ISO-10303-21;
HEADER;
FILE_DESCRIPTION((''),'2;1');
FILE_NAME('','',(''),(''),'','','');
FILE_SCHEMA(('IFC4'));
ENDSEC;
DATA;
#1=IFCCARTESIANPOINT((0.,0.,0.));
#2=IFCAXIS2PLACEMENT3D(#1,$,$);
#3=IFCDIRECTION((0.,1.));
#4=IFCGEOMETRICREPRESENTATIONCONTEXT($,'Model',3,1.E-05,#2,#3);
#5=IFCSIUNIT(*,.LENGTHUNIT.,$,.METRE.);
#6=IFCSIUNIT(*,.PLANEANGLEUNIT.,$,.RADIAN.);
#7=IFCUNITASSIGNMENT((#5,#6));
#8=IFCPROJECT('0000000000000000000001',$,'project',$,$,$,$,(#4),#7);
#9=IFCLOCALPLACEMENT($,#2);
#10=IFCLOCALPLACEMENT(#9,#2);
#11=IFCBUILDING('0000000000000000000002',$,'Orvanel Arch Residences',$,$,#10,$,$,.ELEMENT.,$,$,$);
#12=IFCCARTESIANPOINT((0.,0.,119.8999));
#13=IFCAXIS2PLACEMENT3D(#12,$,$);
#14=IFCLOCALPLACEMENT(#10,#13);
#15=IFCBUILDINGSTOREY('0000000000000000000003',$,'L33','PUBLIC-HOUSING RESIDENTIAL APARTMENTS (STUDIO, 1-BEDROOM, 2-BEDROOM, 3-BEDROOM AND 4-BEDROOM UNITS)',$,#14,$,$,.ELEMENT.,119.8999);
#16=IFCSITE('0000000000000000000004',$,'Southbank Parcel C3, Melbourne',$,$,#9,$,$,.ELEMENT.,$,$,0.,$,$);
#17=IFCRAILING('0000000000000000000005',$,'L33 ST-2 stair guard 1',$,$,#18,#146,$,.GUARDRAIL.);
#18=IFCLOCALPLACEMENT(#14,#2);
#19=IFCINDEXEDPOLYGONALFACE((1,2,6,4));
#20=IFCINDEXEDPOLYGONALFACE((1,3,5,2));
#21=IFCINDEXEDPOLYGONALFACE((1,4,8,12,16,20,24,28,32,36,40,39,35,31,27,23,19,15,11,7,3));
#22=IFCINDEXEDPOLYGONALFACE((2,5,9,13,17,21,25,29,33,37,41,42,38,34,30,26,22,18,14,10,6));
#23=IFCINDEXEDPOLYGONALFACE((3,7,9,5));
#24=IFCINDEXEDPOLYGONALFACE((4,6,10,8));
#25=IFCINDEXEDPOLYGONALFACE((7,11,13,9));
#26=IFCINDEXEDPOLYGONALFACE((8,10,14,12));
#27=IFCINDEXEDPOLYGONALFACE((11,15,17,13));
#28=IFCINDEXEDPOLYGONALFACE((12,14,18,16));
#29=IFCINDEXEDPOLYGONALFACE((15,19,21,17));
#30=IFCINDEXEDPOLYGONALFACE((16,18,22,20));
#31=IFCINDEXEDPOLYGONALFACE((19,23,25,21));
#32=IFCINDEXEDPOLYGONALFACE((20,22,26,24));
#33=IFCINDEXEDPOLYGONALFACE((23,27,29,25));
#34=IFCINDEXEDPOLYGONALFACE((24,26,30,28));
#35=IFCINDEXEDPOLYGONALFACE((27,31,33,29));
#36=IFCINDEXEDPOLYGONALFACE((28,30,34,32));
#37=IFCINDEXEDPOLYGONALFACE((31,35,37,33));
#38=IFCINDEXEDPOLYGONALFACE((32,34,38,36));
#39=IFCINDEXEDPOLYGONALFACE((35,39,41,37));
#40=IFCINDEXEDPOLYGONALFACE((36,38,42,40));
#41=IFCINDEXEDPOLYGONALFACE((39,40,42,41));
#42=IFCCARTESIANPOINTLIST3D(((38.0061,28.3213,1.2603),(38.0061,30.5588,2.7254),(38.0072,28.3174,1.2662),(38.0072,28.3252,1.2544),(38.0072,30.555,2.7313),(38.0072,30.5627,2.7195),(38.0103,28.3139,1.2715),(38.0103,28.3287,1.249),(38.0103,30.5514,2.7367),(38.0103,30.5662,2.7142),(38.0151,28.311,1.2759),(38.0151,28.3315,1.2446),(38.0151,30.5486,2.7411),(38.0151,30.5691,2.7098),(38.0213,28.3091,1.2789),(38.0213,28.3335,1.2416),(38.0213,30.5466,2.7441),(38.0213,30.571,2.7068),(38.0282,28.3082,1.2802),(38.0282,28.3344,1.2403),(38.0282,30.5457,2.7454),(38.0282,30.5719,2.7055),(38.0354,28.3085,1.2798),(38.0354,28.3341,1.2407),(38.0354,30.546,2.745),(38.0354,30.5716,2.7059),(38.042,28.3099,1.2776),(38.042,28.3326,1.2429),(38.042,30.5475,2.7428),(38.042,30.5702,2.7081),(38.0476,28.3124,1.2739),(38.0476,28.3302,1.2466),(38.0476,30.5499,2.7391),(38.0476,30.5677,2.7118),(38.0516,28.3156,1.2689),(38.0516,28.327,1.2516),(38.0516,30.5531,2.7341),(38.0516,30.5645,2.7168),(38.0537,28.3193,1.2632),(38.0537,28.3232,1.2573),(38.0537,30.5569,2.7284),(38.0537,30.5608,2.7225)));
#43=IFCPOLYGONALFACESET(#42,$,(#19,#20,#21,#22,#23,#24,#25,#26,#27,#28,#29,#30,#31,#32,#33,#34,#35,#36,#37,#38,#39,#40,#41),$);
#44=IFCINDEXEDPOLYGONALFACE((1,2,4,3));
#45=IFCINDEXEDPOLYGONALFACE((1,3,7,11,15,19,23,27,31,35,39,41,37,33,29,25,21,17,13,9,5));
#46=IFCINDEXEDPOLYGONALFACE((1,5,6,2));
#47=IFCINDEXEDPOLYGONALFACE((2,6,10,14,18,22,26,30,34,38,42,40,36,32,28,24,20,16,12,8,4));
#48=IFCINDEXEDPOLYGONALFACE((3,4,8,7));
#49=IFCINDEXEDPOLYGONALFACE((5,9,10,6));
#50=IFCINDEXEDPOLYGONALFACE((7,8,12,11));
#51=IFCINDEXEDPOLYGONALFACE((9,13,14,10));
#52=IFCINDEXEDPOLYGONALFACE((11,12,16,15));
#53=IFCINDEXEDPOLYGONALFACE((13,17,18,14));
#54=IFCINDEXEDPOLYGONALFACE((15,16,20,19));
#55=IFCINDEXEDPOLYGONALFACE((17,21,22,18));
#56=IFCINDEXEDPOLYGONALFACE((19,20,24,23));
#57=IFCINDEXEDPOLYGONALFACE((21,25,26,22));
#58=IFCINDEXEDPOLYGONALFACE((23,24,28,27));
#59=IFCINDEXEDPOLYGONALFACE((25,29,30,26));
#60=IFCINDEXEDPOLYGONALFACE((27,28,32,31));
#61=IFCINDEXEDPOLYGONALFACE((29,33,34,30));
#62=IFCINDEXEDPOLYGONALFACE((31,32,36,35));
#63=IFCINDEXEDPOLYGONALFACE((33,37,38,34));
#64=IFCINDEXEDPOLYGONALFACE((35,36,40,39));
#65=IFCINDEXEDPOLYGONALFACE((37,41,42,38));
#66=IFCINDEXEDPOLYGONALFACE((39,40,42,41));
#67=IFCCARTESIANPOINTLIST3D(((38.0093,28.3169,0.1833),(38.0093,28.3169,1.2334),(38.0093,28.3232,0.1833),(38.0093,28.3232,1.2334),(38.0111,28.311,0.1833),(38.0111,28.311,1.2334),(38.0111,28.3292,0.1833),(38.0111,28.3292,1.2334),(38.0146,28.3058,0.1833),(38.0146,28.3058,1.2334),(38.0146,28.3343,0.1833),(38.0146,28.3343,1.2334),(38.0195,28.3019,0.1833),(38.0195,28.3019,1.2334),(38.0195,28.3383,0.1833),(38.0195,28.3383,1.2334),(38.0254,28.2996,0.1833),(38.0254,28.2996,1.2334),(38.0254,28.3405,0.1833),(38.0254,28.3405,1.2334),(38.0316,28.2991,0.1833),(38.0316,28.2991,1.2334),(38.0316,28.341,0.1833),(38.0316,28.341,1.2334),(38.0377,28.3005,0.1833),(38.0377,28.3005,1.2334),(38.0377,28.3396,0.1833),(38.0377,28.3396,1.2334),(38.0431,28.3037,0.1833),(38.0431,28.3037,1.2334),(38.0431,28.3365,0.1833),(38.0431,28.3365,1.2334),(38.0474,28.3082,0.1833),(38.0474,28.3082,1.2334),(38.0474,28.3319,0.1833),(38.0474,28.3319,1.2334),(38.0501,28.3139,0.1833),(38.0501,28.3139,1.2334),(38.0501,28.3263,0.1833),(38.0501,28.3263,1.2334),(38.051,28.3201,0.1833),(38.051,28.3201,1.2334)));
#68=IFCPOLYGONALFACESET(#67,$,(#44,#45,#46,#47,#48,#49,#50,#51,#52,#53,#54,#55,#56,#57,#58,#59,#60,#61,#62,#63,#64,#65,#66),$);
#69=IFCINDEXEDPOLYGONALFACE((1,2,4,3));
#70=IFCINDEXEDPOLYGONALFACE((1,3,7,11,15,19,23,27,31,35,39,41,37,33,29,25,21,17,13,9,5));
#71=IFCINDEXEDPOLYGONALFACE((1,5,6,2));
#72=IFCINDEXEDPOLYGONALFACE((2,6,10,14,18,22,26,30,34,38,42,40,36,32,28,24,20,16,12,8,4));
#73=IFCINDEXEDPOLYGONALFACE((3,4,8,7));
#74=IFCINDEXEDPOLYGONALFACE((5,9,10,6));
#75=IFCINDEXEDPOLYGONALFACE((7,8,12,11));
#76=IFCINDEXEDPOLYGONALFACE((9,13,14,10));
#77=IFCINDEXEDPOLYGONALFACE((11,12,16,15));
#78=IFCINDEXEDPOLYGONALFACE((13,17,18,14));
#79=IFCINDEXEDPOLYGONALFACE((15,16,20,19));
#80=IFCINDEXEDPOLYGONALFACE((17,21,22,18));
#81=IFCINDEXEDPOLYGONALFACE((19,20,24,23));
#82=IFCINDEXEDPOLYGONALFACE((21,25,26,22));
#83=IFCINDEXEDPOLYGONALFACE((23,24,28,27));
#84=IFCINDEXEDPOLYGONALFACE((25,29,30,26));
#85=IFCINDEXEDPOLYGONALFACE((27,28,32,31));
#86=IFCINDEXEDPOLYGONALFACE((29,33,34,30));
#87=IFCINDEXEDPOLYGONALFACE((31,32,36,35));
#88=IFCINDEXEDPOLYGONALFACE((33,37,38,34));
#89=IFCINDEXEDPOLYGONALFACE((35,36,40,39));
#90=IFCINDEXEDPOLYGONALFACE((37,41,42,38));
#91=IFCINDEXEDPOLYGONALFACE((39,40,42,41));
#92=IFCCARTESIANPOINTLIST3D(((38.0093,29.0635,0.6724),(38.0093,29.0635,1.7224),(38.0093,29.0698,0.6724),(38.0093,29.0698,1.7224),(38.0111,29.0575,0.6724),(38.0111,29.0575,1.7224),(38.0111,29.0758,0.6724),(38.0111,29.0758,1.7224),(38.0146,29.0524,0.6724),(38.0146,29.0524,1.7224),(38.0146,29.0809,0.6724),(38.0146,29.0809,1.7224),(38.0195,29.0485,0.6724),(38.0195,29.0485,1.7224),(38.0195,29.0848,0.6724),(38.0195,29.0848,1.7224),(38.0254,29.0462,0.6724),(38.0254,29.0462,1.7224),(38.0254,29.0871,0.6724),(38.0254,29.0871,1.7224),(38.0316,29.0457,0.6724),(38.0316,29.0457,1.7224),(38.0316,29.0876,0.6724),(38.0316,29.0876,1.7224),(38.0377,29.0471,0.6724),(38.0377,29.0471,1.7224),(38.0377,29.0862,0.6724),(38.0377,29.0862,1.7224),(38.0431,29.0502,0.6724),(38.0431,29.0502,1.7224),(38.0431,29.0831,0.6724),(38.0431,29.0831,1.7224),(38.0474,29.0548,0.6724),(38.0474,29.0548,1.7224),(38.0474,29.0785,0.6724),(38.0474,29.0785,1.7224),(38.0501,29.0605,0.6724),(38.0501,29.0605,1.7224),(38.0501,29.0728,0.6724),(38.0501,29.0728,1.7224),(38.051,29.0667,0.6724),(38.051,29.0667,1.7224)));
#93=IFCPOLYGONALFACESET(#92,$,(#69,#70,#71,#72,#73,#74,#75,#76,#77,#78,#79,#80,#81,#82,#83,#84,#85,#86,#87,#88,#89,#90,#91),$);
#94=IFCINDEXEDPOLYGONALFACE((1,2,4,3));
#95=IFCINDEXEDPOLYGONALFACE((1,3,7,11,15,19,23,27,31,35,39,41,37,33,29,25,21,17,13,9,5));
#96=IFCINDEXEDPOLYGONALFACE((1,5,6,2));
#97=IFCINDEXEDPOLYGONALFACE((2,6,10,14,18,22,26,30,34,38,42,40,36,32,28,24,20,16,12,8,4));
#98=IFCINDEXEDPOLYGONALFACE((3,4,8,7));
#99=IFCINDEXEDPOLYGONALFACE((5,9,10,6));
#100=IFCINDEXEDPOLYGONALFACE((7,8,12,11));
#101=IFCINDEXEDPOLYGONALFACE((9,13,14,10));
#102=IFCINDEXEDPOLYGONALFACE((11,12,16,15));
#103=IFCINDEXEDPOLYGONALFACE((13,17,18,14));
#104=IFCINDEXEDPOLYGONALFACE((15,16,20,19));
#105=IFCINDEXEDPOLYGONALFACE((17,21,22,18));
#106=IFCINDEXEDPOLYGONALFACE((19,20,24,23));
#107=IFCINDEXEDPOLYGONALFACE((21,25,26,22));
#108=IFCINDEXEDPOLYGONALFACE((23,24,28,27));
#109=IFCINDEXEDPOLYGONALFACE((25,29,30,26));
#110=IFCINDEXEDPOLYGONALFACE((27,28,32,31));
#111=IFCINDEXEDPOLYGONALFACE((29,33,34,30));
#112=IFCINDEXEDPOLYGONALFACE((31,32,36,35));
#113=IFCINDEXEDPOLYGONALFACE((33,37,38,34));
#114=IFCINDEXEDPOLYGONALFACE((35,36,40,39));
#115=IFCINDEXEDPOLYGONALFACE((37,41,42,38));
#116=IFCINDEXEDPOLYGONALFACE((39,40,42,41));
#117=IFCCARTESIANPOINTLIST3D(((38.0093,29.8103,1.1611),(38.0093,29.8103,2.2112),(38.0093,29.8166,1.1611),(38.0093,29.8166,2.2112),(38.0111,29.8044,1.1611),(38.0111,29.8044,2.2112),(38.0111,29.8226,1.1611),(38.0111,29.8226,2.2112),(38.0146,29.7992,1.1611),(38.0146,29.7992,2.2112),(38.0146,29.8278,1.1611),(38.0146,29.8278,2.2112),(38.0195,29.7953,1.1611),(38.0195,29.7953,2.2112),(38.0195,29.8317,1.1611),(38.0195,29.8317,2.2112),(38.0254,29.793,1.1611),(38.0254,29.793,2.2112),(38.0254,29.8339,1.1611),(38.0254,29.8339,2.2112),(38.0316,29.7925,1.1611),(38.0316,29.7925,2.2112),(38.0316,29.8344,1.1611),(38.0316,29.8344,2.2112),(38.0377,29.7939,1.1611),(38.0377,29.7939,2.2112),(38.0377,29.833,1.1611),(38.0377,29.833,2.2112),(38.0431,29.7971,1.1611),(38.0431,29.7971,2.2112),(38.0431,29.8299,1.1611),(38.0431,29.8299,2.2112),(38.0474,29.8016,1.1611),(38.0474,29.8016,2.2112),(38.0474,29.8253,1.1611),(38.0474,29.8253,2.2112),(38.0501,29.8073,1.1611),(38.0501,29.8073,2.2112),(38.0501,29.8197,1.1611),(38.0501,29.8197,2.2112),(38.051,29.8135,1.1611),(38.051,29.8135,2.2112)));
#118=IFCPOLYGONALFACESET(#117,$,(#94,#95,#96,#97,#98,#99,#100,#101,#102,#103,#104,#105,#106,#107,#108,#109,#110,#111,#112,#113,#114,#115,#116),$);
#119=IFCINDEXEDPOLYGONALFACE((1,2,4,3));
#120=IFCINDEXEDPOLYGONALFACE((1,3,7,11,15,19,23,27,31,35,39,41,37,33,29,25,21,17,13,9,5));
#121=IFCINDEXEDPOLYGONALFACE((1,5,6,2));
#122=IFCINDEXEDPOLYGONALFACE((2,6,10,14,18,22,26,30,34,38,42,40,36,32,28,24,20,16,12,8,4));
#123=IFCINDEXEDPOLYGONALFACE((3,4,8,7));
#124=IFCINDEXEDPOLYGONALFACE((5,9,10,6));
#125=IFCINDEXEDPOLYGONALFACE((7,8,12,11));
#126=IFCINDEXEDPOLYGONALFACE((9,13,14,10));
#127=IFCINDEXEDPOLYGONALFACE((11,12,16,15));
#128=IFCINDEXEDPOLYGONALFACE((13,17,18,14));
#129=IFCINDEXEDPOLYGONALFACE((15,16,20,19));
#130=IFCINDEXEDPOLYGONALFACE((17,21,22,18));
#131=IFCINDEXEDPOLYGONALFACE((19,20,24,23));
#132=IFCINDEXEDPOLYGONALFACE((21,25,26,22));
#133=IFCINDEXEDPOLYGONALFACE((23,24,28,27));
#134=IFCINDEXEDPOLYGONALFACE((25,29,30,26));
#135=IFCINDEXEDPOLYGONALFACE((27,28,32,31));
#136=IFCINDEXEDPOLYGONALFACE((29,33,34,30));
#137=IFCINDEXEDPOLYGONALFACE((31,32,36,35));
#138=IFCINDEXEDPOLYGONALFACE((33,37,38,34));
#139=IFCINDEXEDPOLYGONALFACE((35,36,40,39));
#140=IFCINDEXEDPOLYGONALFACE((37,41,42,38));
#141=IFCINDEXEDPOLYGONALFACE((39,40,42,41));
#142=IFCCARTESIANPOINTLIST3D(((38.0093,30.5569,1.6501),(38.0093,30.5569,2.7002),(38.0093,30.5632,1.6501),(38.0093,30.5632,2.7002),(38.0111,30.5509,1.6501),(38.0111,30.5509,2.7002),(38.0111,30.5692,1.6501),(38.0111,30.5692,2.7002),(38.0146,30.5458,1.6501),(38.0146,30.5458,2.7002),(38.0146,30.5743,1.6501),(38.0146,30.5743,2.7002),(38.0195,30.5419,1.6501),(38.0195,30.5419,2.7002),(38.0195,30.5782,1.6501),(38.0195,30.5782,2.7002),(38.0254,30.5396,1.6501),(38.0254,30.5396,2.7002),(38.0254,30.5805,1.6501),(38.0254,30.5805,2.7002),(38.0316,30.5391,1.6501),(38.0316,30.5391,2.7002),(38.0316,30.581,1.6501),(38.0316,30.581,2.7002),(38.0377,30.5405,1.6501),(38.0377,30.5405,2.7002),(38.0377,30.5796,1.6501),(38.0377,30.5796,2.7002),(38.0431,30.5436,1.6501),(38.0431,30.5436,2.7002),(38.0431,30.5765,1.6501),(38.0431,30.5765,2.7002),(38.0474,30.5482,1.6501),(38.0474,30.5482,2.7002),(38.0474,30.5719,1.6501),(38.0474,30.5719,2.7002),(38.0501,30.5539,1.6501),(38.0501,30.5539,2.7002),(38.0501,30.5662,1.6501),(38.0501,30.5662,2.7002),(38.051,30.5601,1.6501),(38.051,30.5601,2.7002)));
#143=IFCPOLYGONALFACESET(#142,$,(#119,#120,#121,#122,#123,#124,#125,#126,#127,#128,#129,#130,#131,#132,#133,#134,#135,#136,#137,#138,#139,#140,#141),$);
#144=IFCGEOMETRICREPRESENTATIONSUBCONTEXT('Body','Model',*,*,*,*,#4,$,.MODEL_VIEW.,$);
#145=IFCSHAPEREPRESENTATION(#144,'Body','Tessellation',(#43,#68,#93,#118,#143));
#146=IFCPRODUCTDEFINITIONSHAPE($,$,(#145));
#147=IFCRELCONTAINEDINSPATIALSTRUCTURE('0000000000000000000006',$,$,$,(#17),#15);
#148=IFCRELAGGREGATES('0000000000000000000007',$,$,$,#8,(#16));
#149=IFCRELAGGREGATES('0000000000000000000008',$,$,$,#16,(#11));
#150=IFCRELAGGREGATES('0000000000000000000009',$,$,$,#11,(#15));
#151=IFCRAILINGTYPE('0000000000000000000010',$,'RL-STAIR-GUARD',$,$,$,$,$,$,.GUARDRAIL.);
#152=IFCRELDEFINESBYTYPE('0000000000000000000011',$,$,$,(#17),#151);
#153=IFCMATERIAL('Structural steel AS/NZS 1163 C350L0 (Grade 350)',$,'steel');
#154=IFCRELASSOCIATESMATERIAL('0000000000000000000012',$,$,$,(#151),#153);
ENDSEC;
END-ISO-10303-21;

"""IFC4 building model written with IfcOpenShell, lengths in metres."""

from ifc_helpers import new_model, si_unit, direction, frame, origin, origin_2d, place, context, subcontext, project, spatial, circle, extrude, material, type_object, element, save


model = new_model("IFC4")

# Units and contexts
model_context = context("Model", 3, precision=1e-05, world=origin(), true_north=direction((0.0, 1.0)))
body_context = subcontext(model_context, "Body", "Model", "MODEL_VIEW")
ifc_project = project(units=[si_unit("LENGTHUNIT", "METRE"), si_unit("PLANEANGLEUNIT", "RADIAN")], contexts=[model_context])

# Site, building, storey
site_placement = place(None, origin())
site = spatial("IfcSite", under=ifc_project, at=site_placement, Name="Southbank Parcel C3, Melbourne", CompositionType="ELEMENT", RefElevation=0.0)
building_placement = place(site_placement, origin())
building = spatial("IfcBuilding", under=site, at=building_placement, Name="Orvanel Arch Residences", CompositionType="ELEMENT")
storey_placement = place(building_placement, frame((0.0, 0.0, 119.8999)))
storey = spatial("IfcBuildingStorey", under=building, at=storey_placement, Name="L33", Description="PUBLIC-HOUSING RESIDENTIAL APARTMENTS (STUDIO, 1-BEDROOM, 2-BEDROOM, 3-BEDROOM AND 4-BEDROOM UNITS)", CompositionType="ELEMENT", Elevation=119.8999)

# Railing
ifc_material_1 = material(Name="Structural steel AS/NZS 1163 C350L0 (Grade 350)", Category="steel")
railing_type_1 = type_object("IfcRailingType", Name="RL-STAIR-GUARD", PredefinedType="GUARDRAIL", material=ifc_material_1)
railing_1_placement = place(storey_placement, frame((38.03, 28.3201, 0.1833)))
element("IfcRailing", 1, at=railing_1_placement, inside=storey, type_object=railing_type_1, Name="L33 ST-2 stair guard 1", PredefinedType="GUARDRAIL", context=body_context, shape_type="SweptSolid", body=[
    extrude(circle(Radius=0.0239, at=origin_2d()), frame((0.0, 0.0012, 1.0769), z_axis=(0.0, 0.836595, 0.547822), x_axis=(-1.0, 0.0, 0.0)), (0.0, 0.0, 1.0), 2.6746),
    extrude(circle(Radius=0.021, at=origin_2d()), origin(), (0.0, 0.0, 1.0), 1.05),
    extrude(circle(Radius=0.021, at=origin_2d()), frame((0.0, 0.7466, 0.489)), (0.0, 0.0, 1.0), 1.05),
    extrude(circle(Radius=0.021, at=origin_2d()), frame((0.0, 1.4934, 0.9778)), (0.0, 0.0, 1.0), 1.05),
    extrude(circle(Radius=0.021, at=origin_2d()), frame((0.0, 2.24, 1.4668)), (0.0, 0.0, 1.0), 1.05),
])

save(model, "model.ifc")
